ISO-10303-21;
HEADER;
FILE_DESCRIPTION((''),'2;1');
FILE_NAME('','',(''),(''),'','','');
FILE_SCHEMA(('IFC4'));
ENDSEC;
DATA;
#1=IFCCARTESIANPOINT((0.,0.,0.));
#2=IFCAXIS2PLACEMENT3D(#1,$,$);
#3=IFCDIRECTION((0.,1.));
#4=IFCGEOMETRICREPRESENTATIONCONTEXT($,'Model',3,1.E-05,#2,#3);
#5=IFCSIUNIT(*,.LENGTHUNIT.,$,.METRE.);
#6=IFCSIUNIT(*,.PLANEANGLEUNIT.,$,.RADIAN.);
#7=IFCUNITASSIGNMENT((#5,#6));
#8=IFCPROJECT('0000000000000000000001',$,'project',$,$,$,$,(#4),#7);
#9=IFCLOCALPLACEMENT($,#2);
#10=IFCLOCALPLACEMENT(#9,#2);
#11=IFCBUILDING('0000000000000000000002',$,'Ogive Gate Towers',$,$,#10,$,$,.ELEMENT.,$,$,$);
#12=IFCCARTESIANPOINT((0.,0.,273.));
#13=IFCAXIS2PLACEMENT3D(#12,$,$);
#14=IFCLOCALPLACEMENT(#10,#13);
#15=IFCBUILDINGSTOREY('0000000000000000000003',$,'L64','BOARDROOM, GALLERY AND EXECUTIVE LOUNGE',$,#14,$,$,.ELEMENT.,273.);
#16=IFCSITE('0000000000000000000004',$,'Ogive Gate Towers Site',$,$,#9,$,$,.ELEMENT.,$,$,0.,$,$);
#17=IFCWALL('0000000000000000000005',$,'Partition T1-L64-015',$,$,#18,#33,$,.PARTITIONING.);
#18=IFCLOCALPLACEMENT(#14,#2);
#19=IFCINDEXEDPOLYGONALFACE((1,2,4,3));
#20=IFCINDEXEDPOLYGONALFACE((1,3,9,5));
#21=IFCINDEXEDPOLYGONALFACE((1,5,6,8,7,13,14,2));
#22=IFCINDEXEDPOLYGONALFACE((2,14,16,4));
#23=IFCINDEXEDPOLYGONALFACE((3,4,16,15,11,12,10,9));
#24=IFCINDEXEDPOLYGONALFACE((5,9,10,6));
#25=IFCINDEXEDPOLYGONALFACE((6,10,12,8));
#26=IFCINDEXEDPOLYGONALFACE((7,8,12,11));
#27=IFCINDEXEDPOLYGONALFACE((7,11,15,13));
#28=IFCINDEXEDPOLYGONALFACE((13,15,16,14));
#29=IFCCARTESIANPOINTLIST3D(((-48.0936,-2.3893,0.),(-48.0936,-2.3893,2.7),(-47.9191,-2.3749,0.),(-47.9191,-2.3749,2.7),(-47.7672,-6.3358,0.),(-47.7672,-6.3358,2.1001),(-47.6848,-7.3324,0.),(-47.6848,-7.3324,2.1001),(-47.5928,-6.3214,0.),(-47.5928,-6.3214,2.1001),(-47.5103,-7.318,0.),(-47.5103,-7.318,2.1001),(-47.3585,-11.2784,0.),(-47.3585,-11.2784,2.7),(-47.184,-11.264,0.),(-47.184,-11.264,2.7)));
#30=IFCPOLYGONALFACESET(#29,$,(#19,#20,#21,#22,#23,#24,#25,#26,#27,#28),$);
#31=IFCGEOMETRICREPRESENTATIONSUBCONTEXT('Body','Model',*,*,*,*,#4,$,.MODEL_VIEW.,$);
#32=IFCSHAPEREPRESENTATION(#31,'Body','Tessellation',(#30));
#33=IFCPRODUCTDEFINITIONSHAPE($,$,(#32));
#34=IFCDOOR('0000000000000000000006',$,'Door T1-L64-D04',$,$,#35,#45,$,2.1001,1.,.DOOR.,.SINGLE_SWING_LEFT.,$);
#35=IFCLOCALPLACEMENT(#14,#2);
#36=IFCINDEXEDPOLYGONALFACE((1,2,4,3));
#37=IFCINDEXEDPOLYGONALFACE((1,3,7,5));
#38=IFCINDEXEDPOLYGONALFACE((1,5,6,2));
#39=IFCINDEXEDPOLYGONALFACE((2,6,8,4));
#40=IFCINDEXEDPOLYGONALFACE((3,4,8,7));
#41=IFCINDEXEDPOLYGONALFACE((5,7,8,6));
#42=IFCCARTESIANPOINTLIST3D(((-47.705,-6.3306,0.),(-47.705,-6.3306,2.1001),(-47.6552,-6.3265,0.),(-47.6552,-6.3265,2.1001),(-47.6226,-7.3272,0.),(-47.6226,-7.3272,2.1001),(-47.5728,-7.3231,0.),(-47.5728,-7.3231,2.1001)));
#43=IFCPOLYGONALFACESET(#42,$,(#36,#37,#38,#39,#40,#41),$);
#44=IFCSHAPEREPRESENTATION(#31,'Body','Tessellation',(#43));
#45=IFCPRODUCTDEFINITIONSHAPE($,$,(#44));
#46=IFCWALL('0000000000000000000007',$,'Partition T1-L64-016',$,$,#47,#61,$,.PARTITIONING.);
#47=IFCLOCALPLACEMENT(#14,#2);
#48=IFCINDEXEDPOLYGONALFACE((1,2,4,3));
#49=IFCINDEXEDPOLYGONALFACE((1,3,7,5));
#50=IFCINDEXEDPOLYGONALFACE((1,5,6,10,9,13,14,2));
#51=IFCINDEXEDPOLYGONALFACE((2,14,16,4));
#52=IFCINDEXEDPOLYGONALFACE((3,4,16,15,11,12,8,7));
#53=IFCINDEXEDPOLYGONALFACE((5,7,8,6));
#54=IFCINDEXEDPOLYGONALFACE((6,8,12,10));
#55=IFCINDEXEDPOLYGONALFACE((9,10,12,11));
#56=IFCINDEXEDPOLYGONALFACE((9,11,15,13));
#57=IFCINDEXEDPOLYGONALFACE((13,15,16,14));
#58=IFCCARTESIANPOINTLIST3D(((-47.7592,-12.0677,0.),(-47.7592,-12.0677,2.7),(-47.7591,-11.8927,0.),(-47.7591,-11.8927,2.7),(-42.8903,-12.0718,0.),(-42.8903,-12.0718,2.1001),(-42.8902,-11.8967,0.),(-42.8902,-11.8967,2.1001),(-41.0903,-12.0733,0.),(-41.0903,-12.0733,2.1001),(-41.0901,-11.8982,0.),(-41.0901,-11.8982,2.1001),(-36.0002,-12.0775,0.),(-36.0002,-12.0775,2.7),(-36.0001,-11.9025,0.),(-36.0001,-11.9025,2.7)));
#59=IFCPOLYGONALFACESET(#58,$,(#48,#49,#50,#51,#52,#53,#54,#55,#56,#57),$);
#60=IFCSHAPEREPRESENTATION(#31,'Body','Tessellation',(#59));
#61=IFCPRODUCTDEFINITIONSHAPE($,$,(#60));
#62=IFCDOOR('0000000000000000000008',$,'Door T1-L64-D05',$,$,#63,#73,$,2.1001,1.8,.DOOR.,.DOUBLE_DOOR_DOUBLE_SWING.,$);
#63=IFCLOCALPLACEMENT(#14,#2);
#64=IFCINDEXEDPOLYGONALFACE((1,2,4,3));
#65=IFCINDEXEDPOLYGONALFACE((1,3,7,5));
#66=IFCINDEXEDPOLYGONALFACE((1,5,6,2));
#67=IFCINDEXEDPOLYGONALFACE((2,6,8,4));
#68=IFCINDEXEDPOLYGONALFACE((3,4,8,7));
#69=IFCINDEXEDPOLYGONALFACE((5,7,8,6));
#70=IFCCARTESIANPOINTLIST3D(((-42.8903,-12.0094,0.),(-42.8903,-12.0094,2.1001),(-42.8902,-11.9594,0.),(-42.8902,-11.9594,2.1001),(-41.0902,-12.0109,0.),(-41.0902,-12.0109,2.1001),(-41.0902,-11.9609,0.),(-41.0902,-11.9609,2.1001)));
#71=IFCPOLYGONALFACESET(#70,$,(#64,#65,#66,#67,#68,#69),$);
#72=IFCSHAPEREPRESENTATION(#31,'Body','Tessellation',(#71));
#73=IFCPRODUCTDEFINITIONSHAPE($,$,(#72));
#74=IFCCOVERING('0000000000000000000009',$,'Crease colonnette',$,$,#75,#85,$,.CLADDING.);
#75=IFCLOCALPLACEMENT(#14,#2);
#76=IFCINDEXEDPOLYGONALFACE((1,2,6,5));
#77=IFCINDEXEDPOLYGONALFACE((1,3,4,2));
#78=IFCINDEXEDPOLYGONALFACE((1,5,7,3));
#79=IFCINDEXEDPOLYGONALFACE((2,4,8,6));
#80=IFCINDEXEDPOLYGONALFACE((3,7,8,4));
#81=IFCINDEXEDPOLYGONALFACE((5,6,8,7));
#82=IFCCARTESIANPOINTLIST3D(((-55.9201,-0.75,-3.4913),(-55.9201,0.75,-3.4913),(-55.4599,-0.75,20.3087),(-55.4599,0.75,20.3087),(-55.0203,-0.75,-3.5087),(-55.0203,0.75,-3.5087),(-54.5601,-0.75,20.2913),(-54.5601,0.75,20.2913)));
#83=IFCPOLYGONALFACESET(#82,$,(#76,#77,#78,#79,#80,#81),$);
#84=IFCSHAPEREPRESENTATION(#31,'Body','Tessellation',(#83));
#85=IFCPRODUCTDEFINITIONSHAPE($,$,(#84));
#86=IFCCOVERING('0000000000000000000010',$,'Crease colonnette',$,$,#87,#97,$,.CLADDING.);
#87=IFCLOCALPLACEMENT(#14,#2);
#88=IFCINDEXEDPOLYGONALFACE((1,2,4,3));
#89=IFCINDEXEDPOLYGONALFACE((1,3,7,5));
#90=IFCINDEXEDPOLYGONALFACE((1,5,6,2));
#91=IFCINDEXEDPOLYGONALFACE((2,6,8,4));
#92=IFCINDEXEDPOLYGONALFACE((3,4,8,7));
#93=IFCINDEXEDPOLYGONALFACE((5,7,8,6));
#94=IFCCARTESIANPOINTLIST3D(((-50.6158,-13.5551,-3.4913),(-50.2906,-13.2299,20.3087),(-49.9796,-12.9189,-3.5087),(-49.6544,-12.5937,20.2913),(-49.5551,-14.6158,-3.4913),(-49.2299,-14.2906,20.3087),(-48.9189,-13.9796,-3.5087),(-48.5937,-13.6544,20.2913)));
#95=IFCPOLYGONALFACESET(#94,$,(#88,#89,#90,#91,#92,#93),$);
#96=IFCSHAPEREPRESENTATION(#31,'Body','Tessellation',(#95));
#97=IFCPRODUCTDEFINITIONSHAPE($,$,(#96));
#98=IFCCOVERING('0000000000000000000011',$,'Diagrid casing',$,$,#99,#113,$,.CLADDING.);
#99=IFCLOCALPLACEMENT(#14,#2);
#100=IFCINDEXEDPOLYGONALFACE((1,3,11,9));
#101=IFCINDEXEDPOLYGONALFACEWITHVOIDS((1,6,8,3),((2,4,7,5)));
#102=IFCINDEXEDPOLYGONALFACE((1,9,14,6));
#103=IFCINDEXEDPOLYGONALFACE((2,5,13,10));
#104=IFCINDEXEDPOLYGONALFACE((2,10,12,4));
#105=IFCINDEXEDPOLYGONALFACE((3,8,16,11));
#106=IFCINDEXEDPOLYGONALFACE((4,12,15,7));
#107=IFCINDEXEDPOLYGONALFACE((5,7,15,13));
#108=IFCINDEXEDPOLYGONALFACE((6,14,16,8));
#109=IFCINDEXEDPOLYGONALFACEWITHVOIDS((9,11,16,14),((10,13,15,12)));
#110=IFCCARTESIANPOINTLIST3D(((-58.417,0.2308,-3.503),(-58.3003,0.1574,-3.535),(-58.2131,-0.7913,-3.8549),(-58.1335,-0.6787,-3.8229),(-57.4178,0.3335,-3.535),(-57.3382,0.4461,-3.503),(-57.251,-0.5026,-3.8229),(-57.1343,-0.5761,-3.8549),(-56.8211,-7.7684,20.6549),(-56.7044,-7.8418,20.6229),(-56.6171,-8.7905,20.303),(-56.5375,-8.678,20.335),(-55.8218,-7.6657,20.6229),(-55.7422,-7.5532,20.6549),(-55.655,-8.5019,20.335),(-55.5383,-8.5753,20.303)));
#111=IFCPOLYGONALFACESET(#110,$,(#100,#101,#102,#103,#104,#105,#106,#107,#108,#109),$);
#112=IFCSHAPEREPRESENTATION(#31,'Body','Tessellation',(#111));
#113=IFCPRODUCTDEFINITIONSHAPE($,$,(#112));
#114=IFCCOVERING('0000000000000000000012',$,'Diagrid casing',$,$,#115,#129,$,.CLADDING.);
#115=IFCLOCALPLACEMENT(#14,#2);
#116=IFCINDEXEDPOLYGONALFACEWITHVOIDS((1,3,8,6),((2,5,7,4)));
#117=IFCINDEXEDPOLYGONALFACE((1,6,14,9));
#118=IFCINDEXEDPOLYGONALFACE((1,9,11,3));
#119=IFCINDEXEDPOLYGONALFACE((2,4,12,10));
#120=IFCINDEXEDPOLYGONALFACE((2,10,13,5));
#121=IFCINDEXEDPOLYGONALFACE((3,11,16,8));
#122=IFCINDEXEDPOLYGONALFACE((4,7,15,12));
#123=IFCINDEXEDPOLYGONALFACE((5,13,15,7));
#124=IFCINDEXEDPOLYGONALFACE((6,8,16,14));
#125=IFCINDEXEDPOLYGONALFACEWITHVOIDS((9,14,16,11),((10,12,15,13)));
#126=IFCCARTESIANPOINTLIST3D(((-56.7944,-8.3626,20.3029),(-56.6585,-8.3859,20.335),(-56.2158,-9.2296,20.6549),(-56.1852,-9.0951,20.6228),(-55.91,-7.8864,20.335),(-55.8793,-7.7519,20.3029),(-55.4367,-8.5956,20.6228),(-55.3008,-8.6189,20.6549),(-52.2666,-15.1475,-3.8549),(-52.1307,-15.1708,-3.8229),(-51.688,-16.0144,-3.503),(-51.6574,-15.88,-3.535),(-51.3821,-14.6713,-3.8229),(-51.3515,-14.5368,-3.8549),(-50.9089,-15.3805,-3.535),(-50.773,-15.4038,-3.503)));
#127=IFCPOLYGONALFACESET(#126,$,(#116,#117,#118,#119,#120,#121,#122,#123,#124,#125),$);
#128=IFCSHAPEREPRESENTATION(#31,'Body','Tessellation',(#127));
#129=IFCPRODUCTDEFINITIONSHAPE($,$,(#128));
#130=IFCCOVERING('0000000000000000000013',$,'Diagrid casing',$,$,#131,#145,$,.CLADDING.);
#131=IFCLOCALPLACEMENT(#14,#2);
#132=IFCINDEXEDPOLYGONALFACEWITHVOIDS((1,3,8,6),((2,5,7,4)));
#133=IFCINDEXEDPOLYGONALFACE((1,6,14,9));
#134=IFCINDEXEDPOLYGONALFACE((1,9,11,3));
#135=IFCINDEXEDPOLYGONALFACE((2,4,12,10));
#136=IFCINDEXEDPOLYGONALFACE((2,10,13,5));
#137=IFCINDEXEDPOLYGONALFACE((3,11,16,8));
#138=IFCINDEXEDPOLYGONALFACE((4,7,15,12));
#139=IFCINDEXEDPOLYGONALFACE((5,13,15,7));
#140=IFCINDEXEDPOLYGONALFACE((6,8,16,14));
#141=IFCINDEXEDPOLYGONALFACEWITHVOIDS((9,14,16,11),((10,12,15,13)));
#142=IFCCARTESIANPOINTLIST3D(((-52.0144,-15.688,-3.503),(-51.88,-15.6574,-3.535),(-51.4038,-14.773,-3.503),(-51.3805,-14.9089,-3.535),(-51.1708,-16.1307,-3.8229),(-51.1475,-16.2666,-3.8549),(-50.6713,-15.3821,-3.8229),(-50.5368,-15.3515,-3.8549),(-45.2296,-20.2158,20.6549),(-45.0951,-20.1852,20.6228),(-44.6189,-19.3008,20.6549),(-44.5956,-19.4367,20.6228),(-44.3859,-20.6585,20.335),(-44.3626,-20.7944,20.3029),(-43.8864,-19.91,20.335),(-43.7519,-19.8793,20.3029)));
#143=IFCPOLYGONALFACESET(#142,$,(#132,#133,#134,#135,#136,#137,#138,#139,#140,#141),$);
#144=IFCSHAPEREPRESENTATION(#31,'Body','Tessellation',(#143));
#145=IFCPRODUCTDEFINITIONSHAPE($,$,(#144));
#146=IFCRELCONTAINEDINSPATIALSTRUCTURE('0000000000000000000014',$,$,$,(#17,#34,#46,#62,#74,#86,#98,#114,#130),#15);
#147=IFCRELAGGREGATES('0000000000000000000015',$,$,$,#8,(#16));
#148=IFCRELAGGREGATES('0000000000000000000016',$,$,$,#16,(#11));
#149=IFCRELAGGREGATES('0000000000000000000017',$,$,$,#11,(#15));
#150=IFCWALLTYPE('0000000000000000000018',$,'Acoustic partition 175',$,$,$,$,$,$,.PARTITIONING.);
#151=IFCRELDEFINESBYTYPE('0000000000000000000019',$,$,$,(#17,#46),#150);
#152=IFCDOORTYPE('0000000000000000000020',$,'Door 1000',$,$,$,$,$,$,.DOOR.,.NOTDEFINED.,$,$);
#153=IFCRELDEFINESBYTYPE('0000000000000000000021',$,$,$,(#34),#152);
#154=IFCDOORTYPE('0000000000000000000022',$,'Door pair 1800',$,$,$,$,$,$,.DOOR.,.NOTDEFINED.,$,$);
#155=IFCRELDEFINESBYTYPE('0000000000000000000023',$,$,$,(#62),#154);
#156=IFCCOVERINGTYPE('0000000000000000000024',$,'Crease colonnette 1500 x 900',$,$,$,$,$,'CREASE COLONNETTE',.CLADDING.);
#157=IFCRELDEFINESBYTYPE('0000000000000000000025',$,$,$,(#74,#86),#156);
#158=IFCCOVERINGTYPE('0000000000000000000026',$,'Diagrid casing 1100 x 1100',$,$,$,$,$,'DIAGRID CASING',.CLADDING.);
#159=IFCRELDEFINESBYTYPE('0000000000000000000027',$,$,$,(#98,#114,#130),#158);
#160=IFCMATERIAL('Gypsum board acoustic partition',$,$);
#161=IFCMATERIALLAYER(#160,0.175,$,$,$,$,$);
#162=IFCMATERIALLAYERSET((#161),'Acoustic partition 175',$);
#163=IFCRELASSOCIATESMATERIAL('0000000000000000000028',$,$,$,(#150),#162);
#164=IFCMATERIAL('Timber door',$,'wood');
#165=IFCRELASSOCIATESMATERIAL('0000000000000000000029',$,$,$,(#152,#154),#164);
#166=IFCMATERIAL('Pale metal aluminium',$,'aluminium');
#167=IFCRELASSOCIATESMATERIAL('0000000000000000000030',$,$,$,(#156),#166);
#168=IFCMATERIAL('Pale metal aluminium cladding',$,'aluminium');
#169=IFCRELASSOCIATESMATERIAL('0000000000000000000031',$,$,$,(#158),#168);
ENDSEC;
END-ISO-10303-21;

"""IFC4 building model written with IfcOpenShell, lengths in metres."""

from ifc_helpers import new_model, si_unit, direction, frame, frame_2d, origin, origin_2d, place, context, subcontext, project, spatial, rectangle, hollow_rectangle, extrude, material, layer, layer_set, material_profile, profile_set, type_object, element, fill, save


model = new_model("IFC4")

# Units and contexts
model_context = context("Model", 3, precision=1e-05, world=origin(), true_north=direction((0.0, 1.0)))
body_context = subcontext(model_context, "Body", "Model", "MODEL_VIEW")
ifc_project = project(units=[si_unit("LENGTHUNIT", "METRE"), si_unit("PLANEANGLEUNIT", "RADIAN")], contexts=[model_context])

# Site, building, storey
site_placement = place(None, origin())
site = spatial("IfcSite", under=ifc_project, at=site_placement, Name="Ogive Gate Towers Site", CompositionType="ELEMENT", RefElevation=0.0)
building_placement = place(site_placement, origin())
building = spatial("IfcBuilding", under=site, at=building_placement, Name="Ogive Gate Towers", CompositionType="ELEMENT")
storey_placement = place(building_placement, frame((0.0, 0.0, 273.0)))
storey = spatial("IfcBuildingStorey", under=building, at=storey_placement, Name="L64", Description="BOARDROOM, GALLERY AND EXECUTIVE LOUNGE", CompositionType="ELEMENT", Elevation=273.0)

# Shared definitions
ifc_material_1 = material(Name="Gypsum board acoustic partition")
ifc_layer = layer(ifc_material_1, 0.175)
ifc_layer_set = layer_set([ifc_layer], Name="Acoustic partition 175")
wall_type = type_object("IfcWallType", Name="Acoustic partition 175", PredefinedType="PARTITIONING", material=ifc_layer_set)

# Walls, openings, doors
wall_1_placement = place(storey_placement, frame((-48.0063, -2.3821, 0.0), z_axis=(0.0, 0.0, 1.0), x_axis=(0.082416, -0.996598, 0.0)))
wall_1 = element("IfcWall", 1, at=wall_1_placement, inside=storey, type_object=wall_type, Name="Partition T1-L64-015", PredefinedType="PARTITIONING", context=body_context, shape_type="SweptSolid", body=[
    extrude(rectangle(XDim=8.9194, YDim=0.175, at=frame_2d((4.4597, 0.0))), origin(), (0.0, 0.0, 1.0), 2.7),
])
opening_1_placement = place(wall_1_placement, frame((3.96, 0.0, 0.0)))
opening_1 = element("IfcOpeningElement", 2, at=opening_1_placement, cuts=wall_1, PredefinedType="OPENING", context=body_context, shape_type="SweptSolid", body=[
    extrude(rectangle(XDim=1.0, YDim=2.1001, at=frame_2d((0.5, 1.05))), frame((0.0, 0.0977, 0.0), z_axis=(0.0, -1.0, 0.0), x_axis=(1.0, 0.0, 0.0)), (0.0, 0.0, 1.0), 0.1951),
])
ifc_material_2 = material(Name="Timber door", Category="wood")
door_type_1 = type_object("IfcDoorType", Name="Door 1000", OperationType="NOTDEFINED", PredefinedType="DOOR", material=ifc_material_2)
door_1_placement = place(opening_1_placement, origin())
door_1 = element("IfcDoor", 3, at=door_1_placement, inside=storey, type_object=door_type_1, Name="Door T1-L64-D04", OperationType="SINGLE_SWING_LEFT", OverallHeight=2.1001, OverallWidth=1.0, PredefinedType="DOOR", context=body_context, shape_type="SweptSolid", body=[
    extrude(rectangle(XDim=1.0, YDim=2.1001, at=frame_2d((0.5, 1.05))), frame((0.0, 0.0249, 0.0), z_axis=(0.0, -1.0, 0.0), x_axis=(1.0, 0.0, 0.0)), (0.0, 0.0, 1.0), 0.05),
])
fill(opening_1, door_1)
wall_2_placement = place(storey_placement, frame((-47.759, -11.9802, 0.0), z_axis=(0.0, 0.0, 1.0), x_axis=(1.0, -0.00083, 0.0)))
wall_2 = element("IfcWall", 4, at=wall_2_placement, inside=storey, type_object=wall_type, Name="Partition T1-L64-016", PredefinedType="PARTITIONING", context=body_context, shape_type="SweptSolid", body=[
    extrude(rectangle(XDim=11.759, YDim=0.175, at=frame_2d((5.8794, 0.0))), origin(), (0.0, 0.0, 1.0), 2.7),
])
opening_2_placement = place(wall_2_placement, frame((4.8689, 0.0, 0.0)))
opening_2 = element("IfcOpeningElement", 5, at=opening_2_placement, cuts=wall_2, PredefinedType="OPENING", context=body_context, shape_type="SweptSolid", body=[
    extrude(rectangle(XDim=1.8, YDim=2.1001, at=frame_2d((0.8999, 1.05))), frame((0.0, 0.0977, 0.0), z_axis=(0.0, -1.0, 0.0), x_axis=(1.0, 0.0, 0.0)), (0.0, 0.0, 1.0), 0.1951),
])
door_type_2 = type_object("IfcDoorType", Name="Door pair 1800", OperationType="NOTDEFINED", PredefinedType="DOOR", material=ifc_material_2)
door_2_placement = place(opening_2_placement, origin())
door_2 = element("IfcDoor", 6, at=door_2_placement, inside=storey, type_object=door_type_2, Name="Door T1-L64-D05", OperationType="DOUBLE_DOOR_DOUBLE_SWING", OverallHeight=2.1001, OverallWidth=1.8, PredefinedType="DOOR", context=body_context, shape_type="SweptSolid", body=[
    extrude(rectangle(XDim=1.8, YDim=2.1001, at=frame_2d((0.8999, 1.05))), frame((0.0, 0.0249, 0.0), z_axis=(0.0, -1.0, 0.0), x_axis=(1.0, 0.0, 0.0)), (0.0, 0.0, 1.0), 0.05),
])
fill(opening_2, door_2)

# Coverings
ifc_material_3 = material(Name="Pale metal aluminium", Category="aluminium")
ifc_material_profile_1 = material_profile(ifc_material_3, rectangle(XDim=1.5, YDim=0.8999, at=origin_2d()), Name="1500 x 900 pale metal aluminium")
ifc_profile_set_1 = profile_set([ifc_material_profile_1], Name="Pale metal aluminium")
covering_type_1 = type_object("IfcCoveringType", Name="Crease colonnette 1500 x 900", ElementType="CREASE COLONNETTE", PredefinedType="CLADDING", material=ifc_profile_set_1)
for number, where, z_axis, x_axis, name in (
    (7, (-55.4702, 0.0, -3.5), (0.019333, 0.0, 0.999813), (0.0, 1.0, 0.0), "Crease colonnette"),
    (8, (-49.7673, -13.7673, -3.5), (0.013661, 0.013661, 0.999813), (-0.707107, 0.707107, 0.0), "Crease colonnette"),
):
    element("IfcCovering", number, at=place(storey_placement, frame(where, z_axis=z_axis, x_axis=x_axis)), inside=storey, type_object=covering_type_1, Name=name, PredefinedType="CLADDING", context=body_context, shape_type="SweptSolid", body=[
        extrude(rectangle(XDim=1.5, YDim=0.8999, at=origin_2d()), origin(), (0.0, 0.0, 1.0), 23.8044),
    ])
ifc_material_4 = material(Name="Pale metal aluminium cladding", Category="aluminium")
ifc_material_profile_2 = material_profile(ifc_material_4, hollow_rectangle(XDim=1.1001, YDim=1.1001, WallThickness=0.1001, at=origin_2d()), Name="1100 x 1100 pale metal casing")
ifc_profile_set_2 = profile_set([ifc_material_profile_2], Name="Pale metal aluminium cladding")
covering_type_2 = type_object("IfcCoveringType", Name="Diagrid casing 1100 x 1100", ElementType="DIAGRID CASING", PredefinedType="CLADDING", material=ifc_profile_set_2)
for number, where, z_axis, x_axis, name in (
    (9, (-57.7756, -0.1726, -3.679), (0.062591, -0.313723, 0.947449), (0.980673, 0.195656, 0.0), "Diagrid casing"),
    (10, (-51.5198, -15.2756, -3.679), (-0.177577, 0.266097, 0.947449), (-0.831792, -0.555087, 0.0), "Diagrid casing"),
    (11, (-51.2756, -15.5198, -3.679), (0.266097, -0.177577, 0.947449), (0.555087, 0.831792, 0.0), "Diagrid casing"),
):
    element("IfcCovering", number, at=place(storey_placement, frame(where, z_axis=z_axis, x_axis=x_axis)), inside=storey, type_object=covering_type_2, Name=name, PredefinedType="CLADDING", context=body_context, shape_type="SweptSolid", body=[
        extrude(hollow_rectangle(XDim=1.1001, YDim=1.1001, WallThickness=0.1001, at=origin_2d()), origin(), (0.0, 0.0, 1.0), 25.4978),
    ])

save(model, "model.ifc")
